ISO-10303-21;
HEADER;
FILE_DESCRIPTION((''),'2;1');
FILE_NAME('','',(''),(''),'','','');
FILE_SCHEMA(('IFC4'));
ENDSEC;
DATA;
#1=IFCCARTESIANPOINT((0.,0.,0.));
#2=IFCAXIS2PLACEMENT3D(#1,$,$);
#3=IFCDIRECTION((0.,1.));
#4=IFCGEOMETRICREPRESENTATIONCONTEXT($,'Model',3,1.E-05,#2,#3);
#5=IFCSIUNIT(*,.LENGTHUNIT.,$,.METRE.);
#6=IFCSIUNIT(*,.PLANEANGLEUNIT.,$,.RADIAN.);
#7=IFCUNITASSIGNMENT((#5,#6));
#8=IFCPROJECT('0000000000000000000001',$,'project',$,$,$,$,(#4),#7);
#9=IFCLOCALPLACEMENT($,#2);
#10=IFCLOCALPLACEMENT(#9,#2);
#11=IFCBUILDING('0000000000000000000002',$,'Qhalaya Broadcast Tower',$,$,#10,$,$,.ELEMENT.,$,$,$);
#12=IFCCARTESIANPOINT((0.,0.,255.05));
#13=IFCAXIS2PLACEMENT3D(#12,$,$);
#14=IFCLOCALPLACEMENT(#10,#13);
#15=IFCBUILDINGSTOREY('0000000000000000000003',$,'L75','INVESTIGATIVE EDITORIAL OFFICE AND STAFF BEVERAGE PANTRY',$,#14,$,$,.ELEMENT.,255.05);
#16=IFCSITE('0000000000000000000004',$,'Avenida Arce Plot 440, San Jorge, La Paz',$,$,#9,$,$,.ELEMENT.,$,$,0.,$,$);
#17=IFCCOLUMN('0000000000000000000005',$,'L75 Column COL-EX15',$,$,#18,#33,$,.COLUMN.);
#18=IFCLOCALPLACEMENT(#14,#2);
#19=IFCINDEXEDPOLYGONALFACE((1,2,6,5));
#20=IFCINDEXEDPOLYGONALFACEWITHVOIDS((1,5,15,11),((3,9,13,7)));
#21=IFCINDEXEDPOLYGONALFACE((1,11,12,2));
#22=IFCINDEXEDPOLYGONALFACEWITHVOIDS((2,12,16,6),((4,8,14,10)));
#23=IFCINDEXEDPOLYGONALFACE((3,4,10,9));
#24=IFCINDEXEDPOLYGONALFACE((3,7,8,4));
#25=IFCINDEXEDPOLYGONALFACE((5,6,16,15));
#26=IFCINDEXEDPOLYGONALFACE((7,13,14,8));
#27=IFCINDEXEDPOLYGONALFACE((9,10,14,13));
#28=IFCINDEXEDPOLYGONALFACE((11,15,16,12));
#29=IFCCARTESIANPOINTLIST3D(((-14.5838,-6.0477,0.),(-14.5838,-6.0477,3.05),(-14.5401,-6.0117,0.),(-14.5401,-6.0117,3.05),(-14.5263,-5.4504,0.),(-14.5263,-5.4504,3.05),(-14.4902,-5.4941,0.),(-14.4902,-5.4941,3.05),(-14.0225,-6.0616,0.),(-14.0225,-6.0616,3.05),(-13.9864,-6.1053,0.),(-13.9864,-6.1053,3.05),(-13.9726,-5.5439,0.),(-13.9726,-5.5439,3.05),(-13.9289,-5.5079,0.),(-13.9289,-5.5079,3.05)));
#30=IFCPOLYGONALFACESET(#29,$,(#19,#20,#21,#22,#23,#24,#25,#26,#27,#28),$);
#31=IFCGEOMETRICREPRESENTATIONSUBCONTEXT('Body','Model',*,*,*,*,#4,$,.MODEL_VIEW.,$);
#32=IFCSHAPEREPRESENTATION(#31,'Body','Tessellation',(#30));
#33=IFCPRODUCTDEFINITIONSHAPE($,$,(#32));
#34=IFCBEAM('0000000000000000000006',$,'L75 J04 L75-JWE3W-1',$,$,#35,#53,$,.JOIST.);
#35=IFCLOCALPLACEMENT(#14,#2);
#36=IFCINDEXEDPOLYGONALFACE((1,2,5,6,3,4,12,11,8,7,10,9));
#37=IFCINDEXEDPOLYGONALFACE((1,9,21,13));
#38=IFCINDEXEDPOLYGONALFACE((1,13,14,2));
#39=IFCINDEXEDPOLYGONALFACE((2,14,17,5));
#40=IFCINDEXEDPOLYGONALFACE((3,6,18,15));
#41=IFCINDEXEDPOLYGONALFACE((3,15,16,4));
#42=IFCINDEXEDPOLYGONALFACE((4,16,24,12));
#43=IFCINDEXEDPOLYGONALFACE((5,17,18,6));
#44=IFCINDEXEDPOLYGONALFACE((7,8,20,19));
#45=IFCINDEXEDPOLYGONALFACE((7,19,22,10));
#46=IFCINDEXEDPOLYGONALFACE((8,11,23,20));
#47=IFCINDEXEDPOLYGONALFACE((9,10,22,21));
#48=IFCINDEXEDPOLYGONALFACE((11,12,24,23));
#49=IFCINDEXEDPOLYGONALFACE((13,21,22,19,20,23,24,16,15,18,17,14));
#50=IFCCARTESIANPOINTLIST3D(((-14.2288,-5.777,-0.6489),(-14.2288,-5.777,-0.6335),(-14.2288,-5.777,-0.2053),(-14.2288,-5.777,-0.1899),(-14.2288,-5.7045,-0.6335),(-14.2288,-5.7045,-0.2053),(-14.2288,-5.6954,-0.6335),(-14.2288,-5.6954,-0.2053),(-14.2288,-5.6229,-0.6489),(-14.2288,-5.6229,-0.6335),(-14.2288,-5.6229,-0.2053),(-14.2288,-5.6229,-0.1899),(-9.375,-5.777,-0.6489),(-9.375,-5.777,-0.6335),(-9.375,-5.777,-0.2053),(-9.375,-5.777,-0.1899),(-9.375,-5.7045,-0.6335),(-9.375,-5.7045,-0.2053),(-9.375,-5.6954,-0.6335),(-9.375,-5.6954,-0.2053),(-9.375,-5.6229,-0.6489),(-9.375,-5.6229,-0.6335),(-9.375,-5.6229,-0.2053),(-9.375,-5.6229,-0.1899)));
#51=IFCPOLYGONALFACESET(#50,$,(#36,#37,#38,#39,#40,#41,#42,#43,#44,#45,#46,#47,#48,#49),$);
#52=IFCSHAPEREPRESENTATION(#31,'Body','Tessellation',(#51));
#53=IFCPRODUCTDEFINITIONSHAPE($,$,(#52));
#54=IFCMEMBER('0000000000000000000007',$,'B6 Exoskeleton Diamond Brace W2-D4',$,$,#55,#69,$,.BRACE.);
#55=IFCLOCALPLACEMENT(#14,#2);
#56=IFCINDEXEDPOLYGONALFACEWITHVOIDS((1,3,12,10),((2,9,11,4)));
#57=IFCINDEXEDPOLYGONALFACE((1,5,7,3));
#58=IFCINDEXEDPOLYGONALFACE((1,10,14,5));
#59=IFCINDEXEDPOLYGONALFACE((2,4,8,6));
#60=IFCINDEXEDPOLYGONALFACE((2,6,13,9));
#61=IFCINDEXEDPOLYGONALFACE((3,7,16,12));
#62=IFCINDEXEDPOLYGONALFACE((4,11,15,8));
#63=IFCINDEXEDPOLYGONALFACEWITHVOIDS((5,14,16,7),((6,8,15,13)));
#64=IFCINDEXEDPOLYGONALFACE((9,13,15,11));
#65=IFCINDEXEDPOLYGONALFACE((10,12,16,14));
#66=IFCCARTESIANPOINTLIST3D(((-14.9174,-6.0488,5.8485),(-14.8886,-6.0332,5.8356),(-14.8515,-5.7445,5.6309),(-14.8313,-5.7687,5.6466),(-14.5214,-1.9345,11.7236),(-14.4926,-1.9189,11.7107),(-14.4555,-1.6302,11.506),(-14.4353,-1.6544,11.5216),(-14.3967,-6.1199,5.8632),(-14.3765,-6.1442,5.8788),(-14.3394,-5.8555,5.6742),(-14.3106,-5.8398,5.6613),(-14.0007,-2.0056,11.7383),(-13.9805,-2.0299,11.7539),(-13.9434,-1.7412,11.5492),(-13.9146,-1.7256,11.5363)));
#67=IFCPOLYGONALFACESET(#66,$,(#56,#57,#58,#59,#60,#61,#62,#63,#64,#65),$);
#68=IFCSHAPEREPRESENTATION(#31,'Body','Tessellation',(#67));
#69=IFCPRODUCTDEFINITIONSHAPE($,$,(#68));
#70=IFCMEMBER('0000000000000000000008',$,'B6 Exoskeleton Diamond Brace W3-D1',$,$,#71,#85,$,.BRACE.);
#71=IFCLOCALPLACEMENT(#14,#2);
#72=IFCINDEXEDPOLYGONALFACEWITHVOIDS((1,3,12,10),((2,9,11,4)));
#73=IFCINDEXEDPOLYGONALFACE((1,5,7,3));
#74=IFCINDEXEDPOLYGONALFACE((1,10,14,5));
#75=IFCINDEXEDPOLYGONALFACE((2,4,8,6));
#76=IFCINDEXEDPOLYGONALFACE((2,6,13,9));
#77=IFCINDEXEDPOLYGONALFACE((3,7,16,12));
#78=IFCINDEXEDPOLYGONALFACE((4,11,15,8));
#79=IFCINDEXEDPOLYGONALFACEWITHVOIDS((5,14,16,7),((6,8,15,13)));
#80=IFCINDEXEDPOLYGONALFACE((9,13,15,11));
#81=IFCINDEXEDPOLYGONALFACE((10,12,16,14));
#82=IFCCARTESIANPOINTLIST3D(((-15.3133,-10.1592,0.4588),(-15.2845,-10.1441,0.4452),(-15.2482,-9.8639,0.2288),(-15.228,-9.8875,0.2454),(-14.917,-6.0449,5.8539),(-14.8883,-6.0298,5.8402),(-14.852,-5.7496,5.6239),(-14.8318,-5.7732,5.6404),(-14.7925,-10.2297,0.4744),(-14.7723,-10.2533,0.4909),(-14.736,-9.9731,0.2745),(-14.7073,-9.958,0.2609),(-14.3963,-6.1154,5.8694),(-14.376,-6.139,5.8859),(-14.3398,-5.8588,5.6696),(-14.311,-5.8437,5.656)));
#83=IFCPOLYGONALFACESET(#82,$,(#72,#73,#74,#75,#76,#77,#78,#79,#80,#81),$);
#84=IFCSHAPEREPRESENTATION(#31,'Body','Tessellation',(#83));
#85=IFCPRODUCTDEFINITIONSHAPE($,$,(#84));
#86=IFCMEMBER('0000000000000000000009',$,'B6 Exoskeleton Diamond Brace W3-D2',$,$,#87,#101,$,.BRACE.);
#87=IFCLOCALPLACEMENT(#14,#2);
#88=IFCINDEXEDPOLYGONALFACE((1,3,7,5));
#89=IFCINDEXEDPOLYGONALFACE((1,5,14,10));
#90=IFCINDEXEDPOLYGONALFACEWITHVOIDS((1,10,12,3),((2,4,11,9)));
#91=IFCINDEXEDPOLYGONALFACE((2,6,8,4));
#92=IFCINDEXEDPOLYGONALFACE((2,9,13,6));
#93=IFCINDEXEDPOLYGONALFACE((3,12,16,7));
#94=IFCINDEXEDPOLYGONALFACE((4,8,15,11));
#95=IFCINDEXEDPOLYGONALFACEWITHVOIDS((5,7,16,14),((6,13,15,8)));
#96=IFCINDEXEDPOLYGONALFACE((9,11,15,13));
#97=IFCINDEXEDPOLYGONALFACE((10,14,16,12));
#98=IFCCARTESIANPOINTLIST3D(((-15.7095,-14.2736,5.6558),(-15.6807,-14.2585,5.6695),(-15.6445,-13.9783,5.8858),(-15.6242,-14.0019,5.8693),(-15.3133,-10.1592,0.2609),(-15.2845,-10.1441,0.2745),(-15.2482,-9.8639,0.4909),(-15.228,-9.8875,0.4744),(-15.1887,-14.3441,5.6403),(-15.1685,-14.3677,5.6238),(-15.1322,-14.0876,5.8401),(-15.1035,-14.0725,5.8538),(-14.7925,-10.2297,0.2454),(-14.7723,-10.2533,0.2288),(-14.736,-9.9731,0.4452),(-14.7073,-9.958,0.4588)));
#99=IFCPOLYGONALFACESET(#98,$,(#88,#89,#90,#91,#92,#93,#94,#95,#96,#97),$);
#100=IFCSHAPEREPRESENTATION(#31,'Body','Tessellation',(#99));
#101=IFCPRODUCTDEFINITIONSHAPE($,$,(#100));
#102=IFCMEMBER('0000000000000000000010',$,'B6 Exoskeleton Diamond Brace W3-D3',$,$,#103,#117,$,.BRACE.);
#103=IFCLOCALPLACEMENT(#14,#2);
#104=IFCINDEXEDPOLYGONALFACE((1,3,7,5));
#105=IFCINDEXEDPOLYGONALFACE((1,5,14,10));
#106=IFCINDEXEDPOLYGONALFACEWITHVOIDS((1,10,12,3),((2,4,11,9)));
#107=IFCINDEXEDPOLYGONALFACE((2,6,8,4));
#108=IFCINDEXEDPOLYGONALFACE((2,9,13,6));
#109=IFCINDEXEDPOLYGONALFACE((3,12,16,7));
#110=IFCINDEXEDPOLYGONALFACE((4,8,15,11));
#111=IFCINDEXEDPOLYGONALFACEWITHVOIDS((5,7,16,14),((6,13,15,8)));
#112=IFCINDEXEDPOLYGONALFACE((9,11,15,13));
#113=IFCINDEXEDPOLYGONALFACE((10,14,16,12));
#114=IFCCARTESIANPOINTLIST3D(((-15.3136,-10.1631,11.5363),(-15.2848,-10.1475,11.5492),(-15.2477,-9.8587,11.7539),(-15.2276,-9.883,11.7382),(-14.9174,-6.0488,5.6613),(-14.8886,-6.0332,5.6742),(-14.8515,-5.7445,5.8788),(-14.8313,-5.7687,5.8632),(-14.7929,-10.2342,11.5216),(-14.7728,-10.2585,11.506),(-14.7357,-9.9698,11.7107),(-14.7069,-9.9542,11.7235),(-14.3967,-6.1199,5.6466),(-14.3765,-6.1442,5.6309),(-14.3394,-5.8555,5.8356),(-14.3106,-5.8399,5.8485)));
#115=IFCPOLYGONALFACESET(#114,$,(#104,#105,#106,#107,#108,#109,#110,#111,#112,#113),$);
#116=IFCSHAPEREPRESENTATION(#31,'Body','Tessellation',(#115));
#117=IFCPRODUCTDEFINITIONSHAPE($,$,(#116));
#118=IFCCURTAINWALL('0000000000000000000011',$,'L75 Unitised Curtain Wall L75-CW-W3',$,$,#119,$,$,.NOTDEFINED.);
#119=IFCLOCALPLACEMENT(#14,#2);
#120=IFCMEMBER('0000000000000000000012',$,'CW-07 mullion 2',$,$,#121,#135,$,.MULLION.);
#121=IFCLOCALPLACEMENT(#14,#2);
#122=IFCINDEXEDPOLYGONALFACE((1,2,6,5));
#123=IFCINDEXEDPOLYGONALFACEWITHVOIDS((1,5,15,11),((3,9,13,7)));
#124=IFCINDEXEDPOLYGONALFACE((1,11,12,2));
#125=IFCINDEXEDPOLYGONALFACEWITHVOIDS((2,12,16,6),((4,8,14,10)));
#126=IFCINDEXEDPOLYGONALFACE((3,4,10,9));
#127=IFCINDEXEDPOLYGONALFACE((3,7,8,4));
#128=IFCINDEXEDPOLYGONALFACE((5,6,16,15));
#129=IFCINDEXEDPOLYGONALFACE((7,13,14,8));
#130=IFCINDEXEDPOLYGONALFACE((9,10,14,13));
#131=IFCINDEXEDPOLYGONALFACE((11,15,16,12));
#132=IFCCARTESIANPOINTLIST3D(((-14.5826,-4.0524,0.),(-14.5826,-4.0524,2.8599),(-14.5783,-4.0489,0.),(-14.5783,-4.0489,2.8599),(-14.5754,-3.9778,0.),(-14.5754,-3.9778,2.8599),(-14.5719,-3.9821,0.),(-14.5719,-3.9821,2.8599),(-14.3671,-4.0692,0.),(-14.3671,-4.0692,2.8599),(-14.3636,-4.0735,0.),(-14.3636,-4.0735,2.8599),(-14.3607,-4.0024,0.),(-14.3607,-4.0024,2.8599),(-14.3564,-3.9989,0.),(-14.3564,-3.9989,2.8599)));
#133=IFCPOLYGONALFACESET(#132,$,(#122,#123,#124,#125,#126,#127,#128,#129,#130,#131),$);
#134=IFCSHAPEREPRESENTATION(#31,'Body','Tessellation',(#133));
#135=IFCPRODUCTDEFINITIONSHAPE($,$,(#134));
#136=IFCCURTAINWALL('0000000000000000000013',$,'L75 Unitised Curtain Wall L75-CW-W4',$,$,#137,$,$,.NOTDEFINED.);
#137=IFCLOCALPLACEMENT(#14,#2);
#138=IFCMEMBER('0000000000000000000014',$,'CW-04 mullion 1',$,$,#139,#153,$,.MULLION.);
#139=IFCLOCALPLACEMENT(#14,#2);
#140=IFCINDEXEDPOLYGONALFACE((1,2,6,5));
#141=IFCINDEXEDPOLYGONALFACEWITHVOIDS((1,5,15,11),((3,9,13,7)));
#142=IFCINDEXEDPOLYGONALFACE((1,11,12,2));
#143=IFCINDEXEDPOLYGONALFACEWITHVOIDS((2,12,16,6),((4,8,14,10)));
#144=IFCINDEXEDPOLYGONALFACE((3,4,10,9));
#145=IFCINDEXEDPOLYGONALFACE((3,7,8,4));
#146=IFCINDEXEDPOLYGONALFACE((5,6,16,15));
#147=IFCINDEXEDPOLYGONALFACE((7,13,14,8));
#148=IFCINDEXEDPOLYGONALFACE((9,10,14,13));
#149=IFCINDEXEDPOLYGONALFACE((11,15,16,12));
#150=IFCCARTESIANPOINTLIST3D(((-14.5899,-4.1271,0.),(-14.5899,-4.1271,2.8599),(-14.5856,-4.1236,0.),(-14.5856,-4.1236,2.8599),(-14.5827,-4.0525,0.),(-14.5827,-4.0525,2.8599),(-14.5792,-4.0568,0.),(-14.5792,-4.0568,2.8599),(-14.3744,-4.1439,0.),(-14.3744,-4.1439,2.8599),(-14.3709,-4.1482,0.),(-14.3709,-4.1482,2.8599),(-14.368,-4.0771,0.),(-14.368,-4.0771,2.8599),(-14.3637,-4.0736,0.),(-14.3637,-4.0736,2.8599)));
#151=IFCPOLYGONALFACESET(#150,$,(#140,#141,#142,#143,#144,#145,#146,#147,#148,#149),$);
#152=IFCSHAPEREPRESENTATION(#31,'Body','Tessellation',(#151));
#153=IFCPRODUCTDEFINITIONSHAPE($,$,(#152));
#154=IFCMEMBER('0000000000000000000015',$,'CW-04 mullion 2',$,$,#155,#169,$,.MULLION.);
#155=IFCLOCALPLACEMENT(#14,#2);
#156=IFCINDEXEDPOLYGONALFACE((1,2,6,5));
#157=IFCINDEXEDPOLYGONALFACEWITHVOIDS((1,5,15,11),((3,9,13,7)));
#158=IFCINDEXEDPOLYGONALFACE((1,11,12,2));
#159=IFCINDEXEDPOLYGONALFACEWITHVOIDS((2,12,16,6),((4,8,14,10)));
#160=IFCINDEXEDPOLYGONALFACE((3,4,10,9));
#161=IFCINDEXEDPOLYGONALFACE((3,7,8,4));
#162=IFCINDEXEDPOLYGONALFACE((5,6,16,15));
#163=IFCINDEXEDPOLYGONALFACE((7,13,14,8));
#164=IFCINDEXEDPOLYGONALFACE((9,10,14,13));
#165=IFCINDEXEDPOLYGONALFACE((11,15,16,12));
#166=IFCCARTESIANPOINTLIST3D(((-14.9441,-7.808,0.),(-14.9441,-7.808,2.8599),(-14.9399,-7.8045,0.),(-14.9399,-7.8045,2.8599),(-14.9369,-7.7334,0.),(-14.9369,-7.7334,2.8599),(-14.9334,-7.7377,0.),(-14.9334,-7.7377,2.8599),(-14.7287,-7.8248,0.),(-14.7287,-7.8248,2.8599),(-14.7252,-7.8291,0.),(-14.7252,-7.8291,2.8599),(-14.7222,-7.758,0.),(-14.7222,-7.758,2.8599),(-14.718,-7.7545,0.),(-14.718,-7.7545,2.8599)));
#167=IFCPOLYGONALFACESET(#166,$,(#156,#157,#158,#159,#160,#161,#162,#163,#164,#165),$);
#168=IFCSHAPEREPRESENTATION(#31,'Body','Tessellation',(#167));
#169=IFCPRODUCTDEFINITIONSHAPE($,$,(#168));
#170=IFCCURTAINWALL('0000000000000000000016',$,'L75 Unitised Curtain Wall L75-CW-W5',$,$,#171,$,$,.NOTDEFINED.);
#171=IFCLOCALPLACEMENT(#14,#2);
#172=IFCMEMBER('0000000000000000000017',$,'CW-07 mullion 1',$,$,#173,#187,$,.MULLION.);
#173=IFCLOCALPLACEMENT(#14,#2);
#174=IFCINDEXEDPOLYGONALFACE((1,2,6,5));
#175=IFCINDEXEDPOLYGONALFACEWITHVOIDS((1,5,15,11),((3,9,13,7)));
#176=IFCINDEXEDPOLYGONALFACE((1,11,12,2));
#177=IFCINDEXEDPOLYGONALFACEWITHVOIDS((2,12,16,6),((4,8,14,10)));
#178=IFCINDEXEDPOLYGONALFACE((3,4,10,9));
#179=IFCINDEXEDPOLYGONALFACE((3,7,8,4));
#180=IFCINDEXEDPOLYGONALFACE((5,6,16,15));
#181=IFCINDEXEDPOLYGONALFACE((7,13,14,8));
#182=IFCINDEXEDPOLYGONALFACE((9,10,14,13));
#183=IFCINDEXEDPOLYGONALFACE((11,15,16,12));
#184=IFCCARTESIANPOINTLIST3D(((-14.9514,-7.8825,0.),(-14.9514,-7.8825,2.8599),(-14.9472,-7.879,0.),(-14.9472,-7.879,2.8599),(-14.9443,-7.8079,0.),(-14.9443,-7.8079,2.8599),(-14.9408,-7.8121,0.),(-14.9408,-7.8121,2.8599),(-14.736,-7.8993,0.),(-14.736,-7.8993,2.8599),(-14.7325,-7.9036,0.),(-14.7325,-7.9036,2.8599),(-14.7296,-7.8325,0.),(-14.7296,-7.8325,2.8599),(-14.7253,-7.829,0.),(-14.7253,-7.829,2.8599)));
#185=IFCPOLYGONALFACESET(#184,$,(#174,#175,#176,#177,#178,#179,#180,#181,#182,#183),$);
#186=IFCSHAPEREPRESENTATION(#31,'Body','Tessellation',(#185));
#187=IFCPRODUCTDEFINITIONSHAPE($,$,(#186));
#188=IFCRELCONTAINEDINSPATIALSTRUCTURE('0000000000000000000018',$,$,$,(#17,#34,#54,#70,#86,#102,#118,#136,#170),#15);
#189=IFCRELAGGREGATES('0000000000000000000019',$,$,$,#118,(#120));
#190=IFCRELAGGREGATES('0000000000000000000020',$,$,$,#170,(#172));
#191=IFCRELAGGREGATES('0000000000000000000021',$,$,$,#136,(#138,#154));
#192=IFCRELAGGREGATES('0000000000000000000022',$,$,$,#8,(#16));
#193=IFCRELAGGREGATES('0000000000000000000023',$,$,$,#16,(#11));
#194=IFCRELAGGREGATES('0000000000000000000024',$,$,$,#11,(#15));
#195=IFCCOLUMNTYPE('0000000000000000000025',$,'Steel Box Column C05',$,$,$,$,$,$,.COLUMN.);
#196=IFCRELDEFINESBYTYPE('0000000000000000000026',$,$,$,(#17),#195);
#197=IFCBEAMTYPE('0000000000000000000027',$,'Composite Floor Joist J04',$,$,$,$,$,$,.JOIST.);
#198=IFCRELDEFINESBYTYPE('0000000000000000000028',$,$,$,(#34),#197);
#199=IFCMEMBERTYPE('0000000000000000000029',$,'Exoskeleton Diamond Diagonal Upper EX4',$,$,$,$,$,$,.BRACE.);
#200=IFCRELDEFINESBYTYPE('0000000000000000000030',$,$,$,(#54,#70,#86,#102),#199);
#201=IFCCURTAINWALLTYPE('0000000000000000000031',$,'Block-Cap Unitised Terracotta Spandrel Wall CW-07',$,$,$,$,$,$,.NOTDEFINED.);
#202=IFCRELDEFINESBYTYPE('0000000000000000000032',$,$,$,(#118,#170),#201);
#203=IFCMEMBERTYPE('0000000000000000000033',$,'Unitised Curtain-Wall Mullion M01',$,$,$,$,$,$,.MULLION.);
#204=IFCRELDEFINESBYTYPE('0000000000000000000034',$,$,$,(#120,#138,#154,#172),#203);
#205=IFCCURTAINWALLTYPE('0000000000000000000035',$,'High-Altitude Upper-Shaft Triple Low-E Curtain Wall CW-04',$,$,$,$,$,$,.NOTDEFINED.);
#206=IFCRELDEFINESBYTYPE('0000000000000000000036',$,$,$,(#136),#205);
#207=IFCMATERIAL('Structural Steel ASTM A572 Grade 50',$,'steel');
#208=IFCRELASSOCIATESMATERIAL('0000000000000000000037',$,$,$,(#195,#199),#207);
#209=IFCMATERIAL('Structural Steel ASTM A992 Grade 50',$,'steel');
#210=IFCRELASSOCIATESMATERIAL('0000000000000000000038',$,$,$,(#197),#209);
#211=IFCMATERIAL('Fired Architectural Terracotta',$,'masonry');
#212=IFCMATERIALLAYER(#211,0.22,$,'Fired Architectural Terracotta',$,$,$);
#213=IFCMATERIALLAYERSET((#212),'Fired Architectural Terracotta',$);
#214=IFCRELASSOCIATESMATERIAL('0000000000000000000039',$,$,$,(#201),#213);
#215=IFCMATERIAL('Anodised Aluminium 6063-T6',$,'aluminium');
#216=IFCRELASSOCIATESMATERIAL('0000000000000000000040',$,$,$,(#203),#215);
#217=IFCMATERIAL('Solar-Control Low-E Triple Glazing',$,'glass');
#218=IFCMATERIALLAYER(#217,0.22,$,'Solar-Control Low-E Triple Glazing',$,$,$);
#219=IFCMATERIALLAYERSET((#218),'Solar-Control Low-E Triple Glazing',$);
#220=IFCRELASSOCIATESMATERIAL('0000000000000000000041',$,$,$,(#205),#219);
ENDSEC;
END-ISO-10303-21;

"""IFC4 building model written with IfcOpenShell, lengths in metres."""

from ifc_helpers import new_model, si_unit, direction, frame, origin, origin_2d, place, context, subcontext, project, spatial, hollow_rectangle, i_section, extrude, material, layer, layer_set, material_profile, profile_set, type_object, element, aggregate, save


model = new_model("IFC4")

# Units and contexts
model_context = context("Model", 3, precision=1e-05, world=origin(), true_north=direction((0.0, 1.0)))
body_context = subcontext(model_context, "Body", "Model", "MODEL_VIEW")
ifc_project = project(units=[si_unit("LENGTHUNIT", "METRE"), si_unit("PLANEANGLEUNIT", "RADIAN")], contexts=[model_context])

# Site, building, storey
site_placement = place(None, origin())
site = spatial("IfcSite", under=ifc_project, at=site_placement, Name="Avenida Arce Plot 440, San Jorge, La Paz", CompositionType="ELEMENT", RefElevation=0.0)
building_placement = place(site_placement, origin())
building = spatial("IfcBuilding", under=site, at=building_placement, Name="Qhalaya Broadcast Tower", CompositionType="ELEMENT")
storey_placement = place(building_placement, frame((0.0, 0.0, 255.05)))
storey = spatial("IfcBuildingStorey", under=building, at=storey_placement, Name="L75", Description="INVESTIGATIVE EDITORIAL OFFICE AND STAFF BEVERAGE PANTRY", CompositionType="ELEMENT", Elevation=255.05)

# Column
ifc_material_1 = material(Name="Structural Steel ASTM A572 Grade 50", Category="steel")
ifc_material_profile_1 = material_profile(ifc_material_1, hollow_rectangle(XDim=0.6001, YDim=0.6001, WallThickness=0.04, at=origin_2d()), Name="BOX 600x600x40")
ifc_profile_set_1 = profile_set([ifc_material_profile_1], Name="Structural Steel ASTM A572 Grade 50")
column_type = type_object("IfcColumnType", Name="Steel Box Column C05", PredefinedType="COLUMN", material=ifc_profile_set_1)
column_placement = place(storey_placement, frame((-14.2563, -5.7778, 0.0), z_axis=(0.0, 0.0, 1.0), x_axis=(0.095846, 0.995396, 0.0)))
element("IfcColumn", 1, at=column_placement, inside=storey, type_object=column_type, Name="L75 Column COL-EX15", PredefinedType="COLUMN", context=body_context, shape_type="SweptSolid", body=[
    extrude(hollow_rectangle(XDim=0.6001, YDim=0.6001, WallThickness=0.04, at=origin_2d()), origin(), (0.0, 0.0, 1.0), 3.05),
])

# Beam
ifc_material_2 = material(Name="Structural Steel ASTM A992 Grade 50", Category="steel")
ifc_material_profile_2 = material_profile(ifc_material_2, i_section(OverallWidth=0.1541, OverallDepth=0.459, WebThickness=0.009, FlangeThickness=0.0154, at=origin_2d()), Name="W18X46")
ifc_profile_set_2 = profile_set([ifc_material_profile_2], Name="Structural Steel ASTM A992 Grade 50")
beam_type_1 = type_object("IfcBeamType", Name="Composite Floor Joist J04", PredefinedType="JOIST", material=ifc_profile_set_2)
beam_1_placement = place(storey_placement, frame((-14.2288, -5.7, -0.4194), z_axis=(1.0, 0.0, 0.0), x_axis=(0.0, 1.0, 0.0)))
element("IfcBeam", 2, at=beam_1_placement, inside=storey, type_object=beam_type_1, Name="L75 J04 L75-JWE3W-1", PredefinedType="JOIST", context=body_context, shape_type="SweptSolid", body=[
    extrude(i_section(OverallWidth=0.1541, OverallDepth=0.459, WebThickness=0.009, FlangeThickness=0.0154, at=origin_2d()), origin(), (0.0, 0.0, 1.0), 4.8538),
])

# Members
ifc_material_profile_3 = material_profile(ifc_material_1, hollow_rectangle(XDim=0.3799, YDim=0.55, WallThickness=0.0249, at=origin_2d()), Name="BOX 380x550x25")
ifc_profile_set_3 = profile_set([ifc_material_profile_3], Name="Structural Steel ASTM A572 Grade 50")
member_type_1 = type_object("IfcMemberType", Name="Exoskeleton Diamond Diagonal Upper EX4", PredefinedType="BRACE", material=ifc_profile_set_3)
member_1_placement = place(storey_placement, frame((-14.614, -5.9443, 5.7549), z_axis=(0.055127, 0.572755, 0.817871), x_axis=(-0.173402, -0.801178, 0.572752)))
element("IfcMember", 3, at=member_1_placement, inside=storey, type_object=member_type_1, Name="B6 Exoskeleton Diamond Brace W2-D4", PredefinedType="BRACE", context=body_context, shape_type="SweptSolid", body=[
    extrude(hollow_rectangle(XDim=0.3799, YDim=0.55, WallThickness=0.0249, at=origin_2d()), origin(), (0.0, 0.0, 1.0), 7.1833),
])
for number, where, z_axis, x_axis, name in (
    (4, (-15.0103, -10.0586, 0.3599), (0.058302, 0.605363, 0.793811), (-0.171153, -0.777329, 0.605364), "B6 Exoskeleton Diamond Brace W3-D1"),
    (5, (-15.0103, -10.0586, 0.3599), (-0.058301, -0.605386, 0.793794), (0.171147, 0.777313, 0.605387), "B6 Exoskeleton Diamond Brace W3-D2"),
):
    element("IfcMember", number, at=place(storey_placement, frame(where, z_axis=z_axis, x_axis=x_axis)), inside=storey, type_object=member_type_1, Name=name, PredefinedType="BRACE", context=body_context, shape_type="SweptSolid", body=[
        extrude(hollow_rectangle(XDim=0.3799, YDim=0.55, WallThickness=0.0249, at=origin_2d()), origin(), (0.0, 0.0, 1.0), 6.7964),
    ])
member_2_placement = place(storey_placement, frame((-14.614, -5.9443, 5.7549), z_axis=(-0.055161, -0.572753, 0.81787), x_axis=(0.173449, 0.801166, 0.572755)))
element("IfcMember", 6, at=member_2_placement, inside=storey, type_object=member_type_1, Name="B6 Exoskeleton Diamond Brace W3-D3", PredefinedType="BRACE", context=body_context, shape_type="SweptSolid", body=[
    extrude(hollow_rectangle(XDim=0.3799, YDim=0.55, WallThickness=0.0249, at=origin_2d()), origin(), (0.0, 0.0, 1.0), 7.1833),
])

# Curtain wall, member
ifc_material_3 = material(Name="Fired Architectural Terracotta", Category="masonry")
ifc_layer_1 = layer(ifc_material_3, 0.22, Name="Fired Architectural Terracotta")
ifc_layer_set_1 = layer_set([ifc_layer_1], Name="Fired Architectural Terracotta")
curtain_wall_type_1 = type_object("IfcCurtainWallType", Name="Block-Cap Unitised Terracotta Spandrel Wall CW-07", PredefinedType="NOTDEFINED", material=ifc_layer_set_1)
curtain_wall_1_placement = place(storey_placement, origin())
curtain_wall_1 = element("IfcCurtainWall", 7, at=curtain_wall_1_placement, inside=storey, type_object=curtain_wall_type_1, Name="L75 Unitised Curtain Wall L75-CW-W3", PredefinedType="NOTDEFINED")
ifc_material_4 = material(Name="Anodised Aluminium 6063-T6", Category="aluminium")
ifc_material_profile_4 = material_profile(ifc_material_4, hollow_rectangle(XDim=0.075, YDim=0.22, WallThickness=0.0039, at=origin_2d()), Name="ALU-MUL 75x220x4")
ifc_profile_set_4 = profile_set([ifc_material_profile_4], Name="Anodised Aluminium 6063-T6")
member_type_2 = type_object("IfcMemberType", Name="Unitised Curtain-Wall Mullion M01", PredefinedType="MULLION", material=ifc_profile_set_4)
member_3_placement = place(storey_placement, frame((-14.4695, -4.0256, 0.0), z_axis=(0.0, 0.0, 1.0), x_axis=(-0.095861, -0.995395, 0.0)))
member_3 = element("IfcMember", 8, at=member_3_placement, type_object=member_type_2, Name="CW-07 mullion 2", PredefinedType="MULLION", context=body_context, shape_type="SweptSolid", body=[
    extrude(hollow_rectangle(XDim=0.075, YDim=0.22, WallThickness=0.0039, at=origin_2d()), origin(), (0.0, 0.0, 1.0), 2.8599),
])
aggregate(curtain_wall_1, [member_3])

# Curtain wall, members
ifc_material_5 = material(Name="Solar-Control Low-E Triple Glazing", Category="glass")
ifc_layer_2 = layer(ifc_material_5, 0.22, Name="Solar-Control Low-E Triple Glazing")
ifc_layer_set_2 = layer_set([ifc_layer_2], Name="Solar-Control Low-E Triple Glazing")
curtain_wall_type_2 = type_object("IfcCurtainWallType", Name="High-Altitude Upper-Shaft Triple Low-E Curtain Wall CW-04", PredefinedType="NOTDEFINED", material=ifc_layer_set_2)
curtain_wall_2_placement = place(storey_placement, origin())
curtain_wall_2 = element("IfcCurtainWall", 9, at=curtain_wall_2_placement, inside=storey, type_object=curtain_wall_type_2, Name="L75 Unitised Curtain Wall L75-CW-W4", PredefinedType="NOTDEFINED")
member_4_placement = place(storey_placement, frame((-14.4768, -4.1003, 0.0), z_axis=(0.0, 0.0, 1.0), x_axis=(-0.09584, -0.995397, 0.0)))
member_4 = element("IfcMember", 10, at=member_4_placement, type_object=member_type_2, Name="CW-04 mullion 1", PredefinedType="MULLION", context=body_context, shape_type="SweptSolid", body=[
    extrude(hollow_rectangle(XDim=0.075, YDim=0.22, WallThickness=0.0039, at=origin_2d()), origin(), (0.0, 0.0, 1.0), 2.8599),
])
member_5_placement = place(storey_placement, frame((-14.8311, -7.7812, 0.0), z_axis=(0.0, 0.0, 1.0), x_axis=(-0.09584, -0.995397, 0.0)))
member_5 = element("IfcMember", 11, at=member_5_placement, type_object=member_type_2, Name="CW-04 mullion 2", PredefinedType="MULLION", context=body_context, shape_type="SweptSolid", body=[
    extrude(hollow_rectangle(XDim=0.075, YDim=0.22, WallThickness=0.0039, at=origin_2d()), origin(), (0.0, 0.0, 1.0), 2.8599),
])

# Curtain wall, member
curtain_wall_3_placement = place(storey_placement, origin())
curtain_wall_3 = element("IfcCurtainWall", 12, at=curtain_wall_3_placement, inside=storey, type_object=curtain_wall_type_1, Name="L75 Unitised Curtain Wall L75-CW-W5", PredefinedType="NOTDEFINED")
member_6_placement = place(storey_placement, frame((-14.8384, -7.8557, 0.0), z_axis=(0.0, 0.0, 1.0), x_axis=(-0.095848, -0.995396, 0.0)))
member_6 = element("IfcMember", 13, at=member_6_placement, type_object=member_type_2, Name="CW-07 mullion 1", PredefinedType="MULLION", context=body_context, shape_type="SweptSolid", body=[
    extrude(hollow_rectangle(XDim=0.075, YDim=0.22, WallThickness=0.0039, at=origin_2d()), origin(), (0.0, 0.0, 1.0), 2.8599),
])

aggregate(curtain_wall_3, [member_6])

aggregate(curtain_wall_2, [member_4, member_5])

save(model, "model.ifc")
